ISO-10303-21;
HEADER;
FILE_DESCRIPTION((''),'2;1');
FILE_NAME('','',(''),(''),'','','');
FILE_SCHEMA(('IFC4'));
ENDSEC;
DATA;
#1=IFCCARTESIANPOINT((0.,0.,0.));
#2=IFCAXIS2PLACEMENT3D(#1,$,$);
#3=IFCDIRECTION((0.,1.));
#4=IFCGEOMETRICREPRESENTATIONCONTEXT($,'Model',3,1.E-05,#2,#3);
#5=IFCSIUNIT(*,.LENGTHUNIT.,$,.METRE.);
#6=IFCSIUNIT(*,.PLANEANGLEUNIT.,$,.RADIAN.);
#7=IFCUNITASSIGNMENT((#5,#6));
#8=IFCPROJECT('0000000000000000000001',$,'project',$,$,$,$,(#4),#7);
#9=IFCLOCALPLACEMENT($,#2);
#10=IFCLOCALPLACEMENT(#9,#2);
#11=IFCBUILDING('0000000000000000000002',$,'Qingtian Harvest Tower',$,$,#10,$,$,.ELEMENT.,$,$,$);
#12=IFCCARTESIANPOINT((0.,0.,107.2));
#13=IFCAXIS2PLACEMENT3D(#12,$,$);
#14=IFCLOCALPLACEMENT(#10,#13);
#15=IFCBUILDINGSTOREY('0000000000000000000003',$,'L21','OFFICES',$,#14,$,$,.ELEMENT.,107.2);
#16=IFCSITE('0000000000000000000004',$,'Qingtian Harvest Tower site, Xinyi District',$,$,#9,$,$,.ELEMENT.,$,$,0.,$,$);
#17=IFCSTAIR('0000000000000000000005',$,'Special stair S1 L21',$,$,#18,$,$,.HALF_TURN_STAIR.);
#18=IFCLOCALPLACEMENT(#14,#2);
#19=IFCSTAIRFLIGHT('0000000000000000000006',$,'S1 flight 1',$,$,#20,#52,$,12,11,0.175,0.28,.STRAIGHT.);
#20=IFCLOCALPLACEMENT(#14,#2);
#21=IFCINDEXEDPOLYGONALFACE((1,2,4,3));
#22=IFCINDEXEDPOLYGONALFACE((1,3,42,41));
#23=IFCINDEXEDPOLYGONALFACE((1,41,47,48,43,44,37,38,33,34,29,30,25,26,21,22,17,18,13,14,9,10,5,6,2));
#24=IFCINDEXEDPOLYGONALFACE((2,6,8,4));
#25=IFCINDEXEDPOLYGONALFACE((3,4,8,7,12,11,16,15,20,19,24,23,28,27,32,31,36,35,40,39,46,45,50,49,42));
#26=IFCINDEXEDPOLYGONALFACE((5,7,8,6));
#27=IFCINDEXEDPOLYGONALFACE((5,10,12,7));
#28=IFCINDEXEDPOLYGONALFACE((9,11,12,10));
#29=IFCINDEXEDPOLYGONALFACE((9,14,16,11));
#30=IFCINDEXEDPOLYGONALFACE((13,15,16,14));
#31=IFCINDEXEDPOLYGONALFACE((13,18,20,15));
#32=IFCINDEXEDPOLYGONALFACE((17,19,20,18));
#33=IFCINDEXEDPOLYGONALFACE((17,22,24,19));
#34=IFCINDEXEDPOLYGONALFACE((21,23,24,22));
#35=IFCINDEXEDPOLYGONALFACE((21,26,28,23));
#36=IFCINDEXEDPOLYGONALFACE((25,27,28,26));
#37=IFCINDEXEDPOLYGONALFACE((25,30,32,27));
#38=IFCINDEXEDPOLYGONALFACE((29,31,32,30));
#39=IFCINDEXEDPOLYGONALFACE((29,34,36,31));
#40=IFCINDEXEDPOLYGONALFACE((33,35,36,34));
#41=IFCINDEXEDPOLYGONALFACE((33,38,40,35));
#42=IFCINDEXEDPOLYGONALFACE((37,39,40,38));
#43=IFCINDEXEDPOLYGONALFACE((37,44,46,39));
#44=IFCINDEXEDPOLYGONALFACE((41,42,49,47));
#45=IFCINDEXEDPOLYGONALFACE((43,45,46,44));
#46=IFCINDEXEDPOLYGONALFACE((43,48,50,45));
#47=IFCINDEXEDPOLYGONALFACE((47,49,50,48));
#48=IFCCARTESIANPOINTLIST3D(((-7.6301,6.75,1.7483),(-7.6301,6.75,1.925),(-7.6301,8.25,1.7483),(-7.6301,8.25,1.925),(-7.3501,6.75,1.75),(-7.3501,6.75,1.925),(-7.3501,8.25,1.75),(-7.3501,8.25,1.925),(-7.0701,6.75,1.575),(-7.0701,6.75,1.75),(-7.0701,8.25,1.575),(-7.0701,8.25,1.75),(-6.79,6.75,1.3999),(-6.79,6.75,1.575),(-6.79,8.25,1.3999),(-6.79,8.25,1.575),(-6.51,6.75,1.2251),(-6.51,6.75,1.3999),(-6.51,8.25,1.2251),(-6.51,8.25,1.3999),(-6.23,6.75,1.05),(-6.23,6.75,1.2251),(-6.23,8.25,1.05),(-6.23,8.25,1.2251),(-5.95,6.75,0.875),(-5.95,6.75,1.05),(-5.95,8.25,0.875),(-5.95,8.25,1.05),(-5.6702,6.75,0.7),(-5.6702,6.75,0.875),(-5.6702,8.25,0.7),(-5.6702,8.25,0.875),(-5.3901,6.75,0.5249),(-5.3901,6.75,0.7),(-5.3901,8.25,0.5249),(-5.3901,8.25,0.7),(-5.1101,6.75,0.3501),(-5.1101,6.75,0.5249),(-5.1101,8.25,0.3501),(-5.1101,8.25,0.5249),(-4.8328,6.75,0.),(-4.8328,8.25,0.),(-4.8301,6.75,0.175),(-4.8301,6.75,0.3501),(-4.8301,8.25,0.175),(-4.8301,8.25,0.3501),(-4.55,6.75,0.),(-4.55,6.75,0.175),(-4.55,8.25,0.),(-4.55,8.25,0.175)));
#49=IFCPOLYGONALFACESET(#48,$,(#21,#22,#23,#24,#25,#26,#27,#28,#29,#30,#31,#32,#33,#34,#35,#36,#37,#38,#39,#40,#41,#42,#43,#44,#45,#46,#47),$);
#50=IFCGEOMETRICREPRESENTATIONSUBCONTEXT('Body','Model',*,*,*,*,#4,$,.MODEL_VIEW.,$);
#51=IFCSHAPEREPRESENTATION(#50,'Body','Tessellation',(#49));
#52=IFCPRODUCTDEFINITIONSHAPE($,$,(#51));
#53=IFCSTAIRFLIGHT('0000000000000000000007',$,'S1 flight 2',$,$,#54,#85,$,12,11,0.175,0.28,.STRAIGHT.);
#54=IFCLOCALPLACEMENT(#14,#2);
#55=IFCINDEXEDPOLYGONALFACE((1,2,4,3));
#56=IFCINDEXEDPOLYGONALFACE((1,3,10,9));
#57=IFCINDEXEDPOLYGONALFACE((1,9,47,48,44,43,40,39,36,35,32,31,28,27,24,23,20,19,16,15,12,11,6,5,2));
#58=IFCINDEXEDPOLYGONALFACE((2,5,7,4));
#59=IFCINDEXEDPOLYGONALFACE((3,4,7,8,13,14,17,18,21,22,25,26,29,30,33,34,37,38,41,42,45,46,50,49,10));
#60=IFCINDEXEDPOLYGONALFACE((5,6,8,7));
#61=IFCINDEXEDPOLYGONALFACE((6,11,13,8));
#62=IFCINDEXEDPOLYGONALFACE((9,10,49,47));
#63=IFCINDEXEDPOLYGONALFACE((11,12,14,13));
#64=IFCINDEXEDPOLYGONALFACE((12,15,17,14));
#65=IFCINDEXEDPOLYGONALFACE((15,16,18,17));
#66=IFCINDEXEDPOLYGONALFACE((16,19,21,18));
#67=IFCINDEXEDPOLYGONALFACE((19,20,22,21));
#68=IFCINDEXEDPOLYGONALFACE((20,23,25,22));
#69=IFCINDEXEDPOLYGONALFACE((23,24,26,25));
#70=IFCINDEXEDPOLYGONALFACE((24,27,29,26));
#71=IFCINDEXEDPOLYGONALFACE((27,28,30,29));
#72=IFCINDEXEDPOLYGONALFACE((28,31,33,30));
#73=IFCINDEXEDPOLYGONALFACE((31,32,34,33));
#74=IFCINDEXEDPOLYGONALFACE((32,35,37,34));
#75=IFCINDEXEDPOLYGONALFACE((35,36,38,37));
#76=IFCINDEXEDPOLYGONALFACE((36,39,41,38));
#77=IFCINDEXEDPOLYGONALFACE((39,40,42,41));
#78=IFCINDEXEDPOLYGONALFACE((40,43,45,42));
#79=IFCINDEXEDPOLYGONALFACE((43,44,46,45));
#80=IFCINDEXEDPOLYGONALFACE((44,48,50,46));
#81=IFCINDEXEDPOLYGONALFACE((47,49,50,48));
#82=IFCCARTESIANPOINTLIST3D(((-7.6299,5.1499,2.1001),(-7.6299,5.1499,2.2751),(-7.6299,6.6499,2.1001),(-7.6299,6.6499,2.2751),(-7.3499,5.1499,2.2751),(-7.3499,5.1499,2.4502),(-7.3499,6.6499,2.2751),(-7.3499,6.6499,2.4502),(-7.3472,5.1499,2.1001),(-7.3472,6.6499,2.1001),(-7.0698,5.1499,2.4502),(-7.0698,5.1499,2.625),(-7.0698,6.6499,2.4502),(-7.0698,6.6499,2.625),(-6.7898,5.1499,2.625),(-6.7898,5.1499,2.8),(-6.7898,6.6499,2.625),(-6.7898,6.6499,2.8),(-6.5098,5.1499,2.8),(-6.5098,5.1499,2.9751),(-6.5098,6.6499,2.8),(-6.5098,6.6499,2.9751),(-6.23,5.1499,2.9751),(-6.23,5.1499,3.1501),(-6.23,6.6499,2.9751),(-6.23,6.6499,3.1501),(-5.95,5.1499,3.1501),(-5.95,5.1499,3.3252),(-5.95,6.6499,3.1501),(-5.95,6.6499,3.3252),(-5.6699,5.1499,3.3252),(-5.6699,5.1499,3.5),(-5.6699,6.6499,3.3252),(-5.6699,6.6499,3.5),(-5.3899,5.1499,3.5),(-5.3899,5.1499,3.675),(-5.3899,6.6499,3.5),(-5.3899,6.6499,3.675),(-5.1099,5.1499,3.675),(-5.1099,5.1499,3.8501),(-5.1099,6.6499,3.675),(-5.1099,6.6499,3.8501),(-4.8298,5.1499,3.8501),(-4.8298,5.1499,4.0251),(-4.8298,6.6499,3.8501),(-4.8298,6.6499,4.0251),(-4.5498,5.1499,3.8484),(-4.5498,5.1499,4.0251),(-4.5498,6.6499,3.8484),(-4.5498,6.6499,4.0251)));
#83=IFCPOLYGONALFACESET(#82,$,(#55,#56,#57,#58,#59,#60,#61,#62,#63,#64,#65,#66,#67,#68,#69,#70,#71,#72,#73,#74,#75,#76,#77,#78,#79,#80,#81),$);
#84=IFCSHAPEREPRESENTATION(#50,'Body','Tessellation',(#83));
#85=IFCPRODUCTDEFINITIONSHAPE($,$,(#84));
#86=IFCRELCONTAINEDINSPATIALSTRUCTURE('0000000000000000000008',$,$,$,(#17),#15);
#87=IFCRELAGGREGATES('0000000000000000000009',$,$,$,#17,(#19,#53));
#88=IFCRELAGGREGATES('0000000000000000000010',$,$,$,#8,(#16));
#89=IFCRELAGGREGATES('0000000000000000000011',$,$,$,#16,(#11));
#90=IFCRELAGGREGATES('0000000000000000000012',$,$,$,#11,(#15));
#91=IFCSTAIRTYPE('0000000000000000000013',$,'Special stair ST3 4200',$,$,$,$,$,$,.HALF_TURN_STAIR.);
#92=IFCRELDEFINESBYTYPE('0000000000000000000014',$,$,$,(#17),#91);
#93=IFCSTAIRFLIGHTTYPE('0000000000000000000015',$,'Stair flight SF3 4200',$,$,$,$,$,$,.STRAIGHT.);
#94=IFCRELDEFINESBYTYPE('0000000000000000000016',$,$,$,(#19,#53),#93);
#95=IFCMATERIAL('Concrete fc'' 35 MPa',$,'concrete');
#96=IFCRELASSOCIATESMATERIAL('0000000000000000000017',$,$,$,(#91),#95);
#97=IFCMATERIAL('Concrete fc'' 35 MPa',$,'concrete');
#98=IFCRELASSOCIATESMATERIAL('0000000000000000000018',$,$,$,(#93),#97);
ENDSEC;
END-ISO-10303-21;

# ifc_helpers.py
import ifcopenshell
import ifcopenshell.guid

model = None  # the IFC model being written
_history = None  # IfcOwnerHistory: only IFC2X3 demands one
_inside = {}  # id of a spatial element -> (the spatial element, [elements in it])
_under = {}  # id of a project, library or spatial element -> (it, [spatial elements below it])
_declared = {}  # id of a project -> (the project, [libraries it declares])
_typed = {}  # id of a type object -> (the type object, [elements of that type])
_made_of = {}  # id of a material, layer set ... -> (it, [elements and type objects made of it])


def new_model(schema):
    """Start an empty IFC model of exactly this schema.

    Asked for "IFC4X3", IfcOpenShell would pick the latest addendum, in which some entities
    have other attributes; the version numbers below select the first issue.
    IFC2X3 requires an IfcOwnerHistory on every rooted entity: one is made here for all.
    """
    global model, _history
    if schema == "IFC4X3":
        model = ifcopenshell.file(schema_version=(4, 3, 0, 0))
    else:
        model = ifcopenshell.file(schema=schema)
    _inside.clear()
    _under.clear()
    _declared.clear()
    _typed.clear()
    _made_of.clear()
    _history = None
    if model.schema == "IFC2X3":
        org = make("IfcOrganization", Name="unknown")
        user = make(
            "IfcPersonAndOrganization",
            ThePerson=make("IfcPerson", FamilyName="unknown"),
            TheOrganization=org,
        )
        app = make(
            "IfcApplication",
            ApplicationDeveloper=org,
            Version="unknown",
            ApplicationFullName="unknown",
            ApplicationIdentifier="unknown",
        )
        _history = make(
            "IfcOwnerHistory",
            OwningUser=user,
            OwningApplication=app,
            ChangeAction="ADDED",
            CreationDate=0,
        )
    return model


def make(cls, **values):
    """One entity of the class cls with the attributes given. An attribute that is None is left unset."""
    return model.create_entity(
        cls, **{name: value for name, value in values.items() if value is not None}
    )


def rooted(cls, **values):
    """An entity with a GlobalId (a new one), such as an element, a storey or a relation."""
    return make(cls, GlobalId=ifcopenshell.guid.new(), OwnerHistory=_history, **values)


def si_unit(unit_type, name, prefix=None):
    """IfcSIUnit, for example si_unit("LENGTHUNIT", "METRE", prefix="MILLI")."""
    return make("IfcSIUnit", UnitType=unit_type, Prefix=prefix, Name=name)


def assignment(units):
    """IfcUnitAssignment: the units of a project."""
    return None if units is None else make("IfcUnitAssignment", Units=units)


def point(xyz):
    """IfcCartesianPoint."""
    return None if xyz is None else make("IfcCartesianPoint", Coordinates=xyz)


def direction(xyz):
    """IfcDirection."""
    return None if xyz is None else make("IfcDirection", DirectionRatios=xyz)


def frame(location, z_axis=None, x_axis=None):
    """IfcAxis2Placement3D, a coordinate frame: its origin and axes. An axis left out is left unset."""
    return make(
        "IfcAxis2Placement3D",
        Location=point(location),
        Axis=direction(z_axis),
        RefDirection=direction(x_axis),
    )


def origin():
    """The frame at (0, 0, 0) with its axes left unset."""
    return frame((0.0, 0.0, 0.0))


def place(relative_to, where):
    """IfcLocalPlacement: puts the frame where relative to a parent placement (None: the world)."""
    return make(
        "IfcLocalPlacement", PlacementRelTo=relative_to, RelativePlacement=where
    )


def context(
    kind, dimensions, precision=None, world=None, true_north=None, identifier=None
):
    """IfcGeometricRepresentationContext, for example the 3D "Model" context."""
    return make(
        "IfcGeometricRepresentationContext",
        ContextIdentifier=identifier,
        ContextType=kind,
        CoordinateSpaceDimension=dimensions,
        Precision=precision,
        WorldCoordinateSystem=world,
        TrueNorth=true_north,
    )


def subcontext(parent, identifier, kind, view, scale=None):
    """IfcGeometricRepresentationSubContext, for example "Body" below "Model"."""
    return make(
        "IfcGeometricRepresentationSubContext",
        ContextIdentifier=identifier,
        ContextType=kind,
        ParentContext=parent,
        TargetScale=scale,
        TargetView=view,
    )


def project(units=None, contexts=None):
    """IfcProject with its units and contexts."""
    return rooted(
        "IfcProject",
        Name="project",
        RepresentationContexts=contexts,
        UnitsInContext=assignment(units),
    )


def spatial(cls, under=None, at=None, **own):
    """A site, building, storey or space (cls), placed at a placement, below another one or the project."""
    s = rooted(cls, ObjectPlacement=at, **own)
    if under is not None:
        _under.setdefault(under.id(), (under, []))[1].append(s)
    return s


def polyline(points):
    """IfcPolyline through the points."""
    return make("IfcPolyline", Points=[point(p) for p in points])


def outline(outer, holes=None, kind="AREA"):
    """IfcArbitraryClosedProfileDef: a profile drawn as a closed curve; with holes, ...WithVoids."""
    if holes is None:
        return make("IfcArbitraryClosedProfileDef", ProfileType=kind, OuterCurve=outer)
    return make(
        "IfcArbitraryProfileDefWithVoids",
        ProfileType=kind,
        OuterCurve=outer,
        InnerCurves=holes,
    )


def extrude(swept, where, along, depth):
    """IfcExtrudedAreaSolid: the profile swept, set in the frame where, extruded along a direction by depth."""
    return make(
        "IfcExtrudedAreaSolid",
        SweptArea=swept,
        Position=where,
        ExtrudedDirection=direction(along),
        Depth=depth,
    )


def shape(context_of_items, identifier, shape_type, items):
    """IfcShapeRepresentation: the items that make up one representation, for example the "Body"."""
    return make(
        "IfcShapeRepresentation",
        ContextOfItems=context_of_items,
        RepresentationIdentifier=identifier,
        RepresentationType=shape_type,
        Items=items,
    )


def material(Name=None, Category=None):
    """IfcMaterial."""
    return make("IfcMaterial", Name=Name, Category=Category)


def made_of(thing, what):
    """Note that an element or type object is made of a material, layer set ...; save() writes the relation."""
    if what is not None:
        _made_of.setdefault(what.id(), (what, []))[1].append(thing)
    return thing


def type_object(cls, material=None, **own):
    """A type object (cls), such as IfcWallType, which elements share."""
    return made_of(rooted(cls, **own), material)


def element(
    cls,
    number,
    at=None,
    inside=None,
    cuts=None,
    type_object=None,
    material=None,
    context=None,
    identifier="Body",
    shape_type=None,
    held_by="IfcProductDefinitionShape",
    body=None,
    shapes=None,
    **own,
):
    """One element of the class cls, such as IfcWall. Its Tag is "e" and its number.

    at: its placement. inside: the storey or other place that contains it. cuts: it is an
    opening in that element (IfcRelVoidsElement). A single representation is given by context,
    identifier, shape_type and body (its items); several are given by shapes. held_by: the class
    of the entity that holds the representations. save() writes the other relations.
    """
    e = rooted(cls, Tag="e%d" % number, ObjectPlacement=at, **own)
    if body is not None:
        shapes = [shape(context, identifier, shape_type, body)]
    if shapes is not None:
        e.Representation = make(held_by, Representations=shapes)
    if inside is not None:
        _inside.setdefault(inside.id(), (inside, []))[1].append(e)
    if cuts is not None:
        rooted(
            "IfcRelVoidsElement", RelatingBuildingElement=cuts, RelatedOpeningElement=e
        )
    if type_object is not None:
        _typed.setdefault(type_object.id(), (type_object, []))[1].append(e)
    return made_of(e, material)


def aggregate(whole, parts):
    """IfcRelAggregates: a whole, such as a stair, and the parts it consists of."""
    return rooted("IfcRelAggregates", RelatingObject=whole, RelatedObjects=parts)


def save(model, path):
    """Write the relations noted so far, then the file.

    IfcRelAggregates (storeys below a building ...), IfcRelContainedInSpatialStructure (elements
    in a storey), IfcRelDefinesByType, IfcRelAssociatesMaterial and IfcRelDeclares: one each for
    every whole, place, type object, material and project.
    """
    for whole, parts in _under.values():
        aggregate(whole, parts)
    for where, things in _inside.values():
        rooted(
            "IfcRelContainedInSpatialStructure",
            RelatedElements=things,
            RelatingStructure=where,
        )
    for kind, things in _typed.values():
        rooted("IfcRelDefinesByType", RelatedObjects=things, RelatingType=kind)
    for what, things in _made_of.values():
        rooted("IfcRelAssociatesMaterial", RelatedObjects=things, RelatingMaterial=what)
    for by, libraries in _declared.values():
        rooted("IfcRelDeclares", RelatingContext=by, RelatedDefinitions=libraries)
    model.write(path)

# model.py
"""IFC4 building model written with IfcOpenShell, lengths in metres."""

from ifc_helpers import new_model, si_unit, direction, frame, origin, place, context, subcontext, project, spatial, polyline, outline, extrude, material, type_object, element, aggregate, save


model = new_model("IFC4")

# Units and contexts
model_context = context("Model", 3, precision=1e-05, world=origin(), true_north=direction((0.0, 1.0)))
body_context = subcontext(model_context, "Body", "Model", "MODEL_VIEW")
ifc_project = project(units=[si_unit("LENGTHUNIT", "METRE"), si_unit("PLANEANGLEUNIT", "RADIAN")], contexts=[model_context])

# Site, building, storey
site_placement = place(None, origin())
site = spatial("IfcSite", under=ifc_project, at=site_placement, Name="Qingtian Harvest Tower site, Xinyi District", CompositionType="ELEMENT", RefElevation=0.0)
building_placement = place(site_placement, origin())
building = spatial("IfcBuilding", under=site, at=building_placement, Name="Qingtian Harvest Tower", CompositionType="ELEMENT")
storey_placement = place(building_placement, frame((0.0, 0.0, 107.2)))
storey = spatial("IfcBuildingStorey", under=building, at=storey_placement, Name="L21", Description="OFFICES", CompositionType="ELEMENT", Elevation=107.2)

# Stair, stair flights
ifc_material_1 = material(Name="Concrete fc' 35 MPa", Category="concrete")
stair_type = type_object("IfcStairType", Name="Special stair ST3 4200", PredefinedType="HALF_TURN_STAIR", material=ifc_material_1)
stair_placement = place(storey_placement, origin())
stair = element("IfcStair", 1, at=stair_placement, inside=storey, type_object=stair_type, Name="Special stair S1 L21", PredefinedType="HALF_TURN_STAIR")
ifc_material_2 = material(Name="Concrete fc' 35 MPa", Category="concrete")
stair_flight_type = type_object("IfcStairFlightType", Name="Stair flight SF3 4200", PredefinedType="STRAIGHT", material=ifc_material_2)
stair_flight_1_placement = place(storey_placement, frame((-4.55, 7.5, 0.0), z_axis=(0.0, 0.0, 1.0), x_axis=(-1.0, 0.0, 0.0)))
stair_flight_1 = element("IfcStairFlight", 2, at=stair_flight_1_placement, type_object=stair_flight_type, Name="S1 flight 1", NumberOfRisers=12, NumberOfTreads=11, PredefinedType="STRAIGHT", RiserHeight=0.175, TreadLength=0.28, context=body_context, shape_type="SweptSolid", body=[
    extrude(outline(polyline([(0.0, 0.0), (0.0, 0.175), (0.28, 0.175), (0.28, 0.3501), (0.5601, 0.3501), (0.5601, 0.5249), (0.8401, 0.5249), (0.8401, 0.7), (1.1201, 0.7), (1.1201, 0.875), (1.3999, 0.875), (1.3999, 1.05), (1.6799, 1.05), (1.6799, 1.2251), (1.96, 1.2251), (1.96, 1.3999), (2.24, 1.3999), (2.24, 1.575), (2.52, 1.575), (2.52, 1.75), (2.8, 1.75), (2.8, 1.925), (3.0801, 1.925), (3.0801, 2.1001), (3.0801, 1.7483), (0.2827, 0.0), (0.0, 0.0)])), frame((0.0, 0.75, 0.0), z_axis=(0.0, -1.0, 0.0), x_axis=(1.0, 0.0, 0.0)), (0.0, 0.0, 1.0), 1.5),
])
stair_flight_2_placement = place(storey_placement, frame((-7.6299, 5.8999, 2.1001), z_axis=(0.0, 0.0, 1.0), x_axis=(1.0, 0.0, 0.0)))
stair_flight_2 = element("IfcStairFlight", 3, at=stair_flight_2_placement, type_object=stair_flight_type, Name="S1 flight 2", NumberOfRisers=12, NumberOfTreads=11, PredefinedType="STRAIGHT", RiserHeight=0.175, TreadLength=0.28, context=body_context, shape_type="SweptSolid", body=[
    extrude(outline(polyline([(0.0, 0.0), (0.0, 0.175), (0.28, 0.175), (0.28, 0.3501), (0.5601, 0.3501), (0.5601, 0.5249), (0.8401, 0.5249), (0.8401, 0.7), (1.1201, 0.7), (1.1201, 0.875), (1.3999, 0.875), (1.3999, 1.05), (1.6799, 1.05), (1.6799, 1.2251), (1.96, 1.2251), (1.96, 1.3999), (2.24, 1.3999), (2.24, 1.575), (2.52, 1.575), (2.52, 1.75), (2.8, 1.75), (2.8, 1.925), (3.0801, 1.925), (3.0801, 2.1001), (3.0801, 1.7483), (0.2827, 0.0), (0.0, 0.0)])), frame((0.0, 0.75, 0.0), z_axis=(0.0, -1.0, 0.0), x_axis=(1.0, 0.0, 0.0)), (0.0, 0.0, 1.0), 1.5),
])
aggregate(stair, [stair_flight_1, stair_flight_2])

save(model, "model.ifc")
